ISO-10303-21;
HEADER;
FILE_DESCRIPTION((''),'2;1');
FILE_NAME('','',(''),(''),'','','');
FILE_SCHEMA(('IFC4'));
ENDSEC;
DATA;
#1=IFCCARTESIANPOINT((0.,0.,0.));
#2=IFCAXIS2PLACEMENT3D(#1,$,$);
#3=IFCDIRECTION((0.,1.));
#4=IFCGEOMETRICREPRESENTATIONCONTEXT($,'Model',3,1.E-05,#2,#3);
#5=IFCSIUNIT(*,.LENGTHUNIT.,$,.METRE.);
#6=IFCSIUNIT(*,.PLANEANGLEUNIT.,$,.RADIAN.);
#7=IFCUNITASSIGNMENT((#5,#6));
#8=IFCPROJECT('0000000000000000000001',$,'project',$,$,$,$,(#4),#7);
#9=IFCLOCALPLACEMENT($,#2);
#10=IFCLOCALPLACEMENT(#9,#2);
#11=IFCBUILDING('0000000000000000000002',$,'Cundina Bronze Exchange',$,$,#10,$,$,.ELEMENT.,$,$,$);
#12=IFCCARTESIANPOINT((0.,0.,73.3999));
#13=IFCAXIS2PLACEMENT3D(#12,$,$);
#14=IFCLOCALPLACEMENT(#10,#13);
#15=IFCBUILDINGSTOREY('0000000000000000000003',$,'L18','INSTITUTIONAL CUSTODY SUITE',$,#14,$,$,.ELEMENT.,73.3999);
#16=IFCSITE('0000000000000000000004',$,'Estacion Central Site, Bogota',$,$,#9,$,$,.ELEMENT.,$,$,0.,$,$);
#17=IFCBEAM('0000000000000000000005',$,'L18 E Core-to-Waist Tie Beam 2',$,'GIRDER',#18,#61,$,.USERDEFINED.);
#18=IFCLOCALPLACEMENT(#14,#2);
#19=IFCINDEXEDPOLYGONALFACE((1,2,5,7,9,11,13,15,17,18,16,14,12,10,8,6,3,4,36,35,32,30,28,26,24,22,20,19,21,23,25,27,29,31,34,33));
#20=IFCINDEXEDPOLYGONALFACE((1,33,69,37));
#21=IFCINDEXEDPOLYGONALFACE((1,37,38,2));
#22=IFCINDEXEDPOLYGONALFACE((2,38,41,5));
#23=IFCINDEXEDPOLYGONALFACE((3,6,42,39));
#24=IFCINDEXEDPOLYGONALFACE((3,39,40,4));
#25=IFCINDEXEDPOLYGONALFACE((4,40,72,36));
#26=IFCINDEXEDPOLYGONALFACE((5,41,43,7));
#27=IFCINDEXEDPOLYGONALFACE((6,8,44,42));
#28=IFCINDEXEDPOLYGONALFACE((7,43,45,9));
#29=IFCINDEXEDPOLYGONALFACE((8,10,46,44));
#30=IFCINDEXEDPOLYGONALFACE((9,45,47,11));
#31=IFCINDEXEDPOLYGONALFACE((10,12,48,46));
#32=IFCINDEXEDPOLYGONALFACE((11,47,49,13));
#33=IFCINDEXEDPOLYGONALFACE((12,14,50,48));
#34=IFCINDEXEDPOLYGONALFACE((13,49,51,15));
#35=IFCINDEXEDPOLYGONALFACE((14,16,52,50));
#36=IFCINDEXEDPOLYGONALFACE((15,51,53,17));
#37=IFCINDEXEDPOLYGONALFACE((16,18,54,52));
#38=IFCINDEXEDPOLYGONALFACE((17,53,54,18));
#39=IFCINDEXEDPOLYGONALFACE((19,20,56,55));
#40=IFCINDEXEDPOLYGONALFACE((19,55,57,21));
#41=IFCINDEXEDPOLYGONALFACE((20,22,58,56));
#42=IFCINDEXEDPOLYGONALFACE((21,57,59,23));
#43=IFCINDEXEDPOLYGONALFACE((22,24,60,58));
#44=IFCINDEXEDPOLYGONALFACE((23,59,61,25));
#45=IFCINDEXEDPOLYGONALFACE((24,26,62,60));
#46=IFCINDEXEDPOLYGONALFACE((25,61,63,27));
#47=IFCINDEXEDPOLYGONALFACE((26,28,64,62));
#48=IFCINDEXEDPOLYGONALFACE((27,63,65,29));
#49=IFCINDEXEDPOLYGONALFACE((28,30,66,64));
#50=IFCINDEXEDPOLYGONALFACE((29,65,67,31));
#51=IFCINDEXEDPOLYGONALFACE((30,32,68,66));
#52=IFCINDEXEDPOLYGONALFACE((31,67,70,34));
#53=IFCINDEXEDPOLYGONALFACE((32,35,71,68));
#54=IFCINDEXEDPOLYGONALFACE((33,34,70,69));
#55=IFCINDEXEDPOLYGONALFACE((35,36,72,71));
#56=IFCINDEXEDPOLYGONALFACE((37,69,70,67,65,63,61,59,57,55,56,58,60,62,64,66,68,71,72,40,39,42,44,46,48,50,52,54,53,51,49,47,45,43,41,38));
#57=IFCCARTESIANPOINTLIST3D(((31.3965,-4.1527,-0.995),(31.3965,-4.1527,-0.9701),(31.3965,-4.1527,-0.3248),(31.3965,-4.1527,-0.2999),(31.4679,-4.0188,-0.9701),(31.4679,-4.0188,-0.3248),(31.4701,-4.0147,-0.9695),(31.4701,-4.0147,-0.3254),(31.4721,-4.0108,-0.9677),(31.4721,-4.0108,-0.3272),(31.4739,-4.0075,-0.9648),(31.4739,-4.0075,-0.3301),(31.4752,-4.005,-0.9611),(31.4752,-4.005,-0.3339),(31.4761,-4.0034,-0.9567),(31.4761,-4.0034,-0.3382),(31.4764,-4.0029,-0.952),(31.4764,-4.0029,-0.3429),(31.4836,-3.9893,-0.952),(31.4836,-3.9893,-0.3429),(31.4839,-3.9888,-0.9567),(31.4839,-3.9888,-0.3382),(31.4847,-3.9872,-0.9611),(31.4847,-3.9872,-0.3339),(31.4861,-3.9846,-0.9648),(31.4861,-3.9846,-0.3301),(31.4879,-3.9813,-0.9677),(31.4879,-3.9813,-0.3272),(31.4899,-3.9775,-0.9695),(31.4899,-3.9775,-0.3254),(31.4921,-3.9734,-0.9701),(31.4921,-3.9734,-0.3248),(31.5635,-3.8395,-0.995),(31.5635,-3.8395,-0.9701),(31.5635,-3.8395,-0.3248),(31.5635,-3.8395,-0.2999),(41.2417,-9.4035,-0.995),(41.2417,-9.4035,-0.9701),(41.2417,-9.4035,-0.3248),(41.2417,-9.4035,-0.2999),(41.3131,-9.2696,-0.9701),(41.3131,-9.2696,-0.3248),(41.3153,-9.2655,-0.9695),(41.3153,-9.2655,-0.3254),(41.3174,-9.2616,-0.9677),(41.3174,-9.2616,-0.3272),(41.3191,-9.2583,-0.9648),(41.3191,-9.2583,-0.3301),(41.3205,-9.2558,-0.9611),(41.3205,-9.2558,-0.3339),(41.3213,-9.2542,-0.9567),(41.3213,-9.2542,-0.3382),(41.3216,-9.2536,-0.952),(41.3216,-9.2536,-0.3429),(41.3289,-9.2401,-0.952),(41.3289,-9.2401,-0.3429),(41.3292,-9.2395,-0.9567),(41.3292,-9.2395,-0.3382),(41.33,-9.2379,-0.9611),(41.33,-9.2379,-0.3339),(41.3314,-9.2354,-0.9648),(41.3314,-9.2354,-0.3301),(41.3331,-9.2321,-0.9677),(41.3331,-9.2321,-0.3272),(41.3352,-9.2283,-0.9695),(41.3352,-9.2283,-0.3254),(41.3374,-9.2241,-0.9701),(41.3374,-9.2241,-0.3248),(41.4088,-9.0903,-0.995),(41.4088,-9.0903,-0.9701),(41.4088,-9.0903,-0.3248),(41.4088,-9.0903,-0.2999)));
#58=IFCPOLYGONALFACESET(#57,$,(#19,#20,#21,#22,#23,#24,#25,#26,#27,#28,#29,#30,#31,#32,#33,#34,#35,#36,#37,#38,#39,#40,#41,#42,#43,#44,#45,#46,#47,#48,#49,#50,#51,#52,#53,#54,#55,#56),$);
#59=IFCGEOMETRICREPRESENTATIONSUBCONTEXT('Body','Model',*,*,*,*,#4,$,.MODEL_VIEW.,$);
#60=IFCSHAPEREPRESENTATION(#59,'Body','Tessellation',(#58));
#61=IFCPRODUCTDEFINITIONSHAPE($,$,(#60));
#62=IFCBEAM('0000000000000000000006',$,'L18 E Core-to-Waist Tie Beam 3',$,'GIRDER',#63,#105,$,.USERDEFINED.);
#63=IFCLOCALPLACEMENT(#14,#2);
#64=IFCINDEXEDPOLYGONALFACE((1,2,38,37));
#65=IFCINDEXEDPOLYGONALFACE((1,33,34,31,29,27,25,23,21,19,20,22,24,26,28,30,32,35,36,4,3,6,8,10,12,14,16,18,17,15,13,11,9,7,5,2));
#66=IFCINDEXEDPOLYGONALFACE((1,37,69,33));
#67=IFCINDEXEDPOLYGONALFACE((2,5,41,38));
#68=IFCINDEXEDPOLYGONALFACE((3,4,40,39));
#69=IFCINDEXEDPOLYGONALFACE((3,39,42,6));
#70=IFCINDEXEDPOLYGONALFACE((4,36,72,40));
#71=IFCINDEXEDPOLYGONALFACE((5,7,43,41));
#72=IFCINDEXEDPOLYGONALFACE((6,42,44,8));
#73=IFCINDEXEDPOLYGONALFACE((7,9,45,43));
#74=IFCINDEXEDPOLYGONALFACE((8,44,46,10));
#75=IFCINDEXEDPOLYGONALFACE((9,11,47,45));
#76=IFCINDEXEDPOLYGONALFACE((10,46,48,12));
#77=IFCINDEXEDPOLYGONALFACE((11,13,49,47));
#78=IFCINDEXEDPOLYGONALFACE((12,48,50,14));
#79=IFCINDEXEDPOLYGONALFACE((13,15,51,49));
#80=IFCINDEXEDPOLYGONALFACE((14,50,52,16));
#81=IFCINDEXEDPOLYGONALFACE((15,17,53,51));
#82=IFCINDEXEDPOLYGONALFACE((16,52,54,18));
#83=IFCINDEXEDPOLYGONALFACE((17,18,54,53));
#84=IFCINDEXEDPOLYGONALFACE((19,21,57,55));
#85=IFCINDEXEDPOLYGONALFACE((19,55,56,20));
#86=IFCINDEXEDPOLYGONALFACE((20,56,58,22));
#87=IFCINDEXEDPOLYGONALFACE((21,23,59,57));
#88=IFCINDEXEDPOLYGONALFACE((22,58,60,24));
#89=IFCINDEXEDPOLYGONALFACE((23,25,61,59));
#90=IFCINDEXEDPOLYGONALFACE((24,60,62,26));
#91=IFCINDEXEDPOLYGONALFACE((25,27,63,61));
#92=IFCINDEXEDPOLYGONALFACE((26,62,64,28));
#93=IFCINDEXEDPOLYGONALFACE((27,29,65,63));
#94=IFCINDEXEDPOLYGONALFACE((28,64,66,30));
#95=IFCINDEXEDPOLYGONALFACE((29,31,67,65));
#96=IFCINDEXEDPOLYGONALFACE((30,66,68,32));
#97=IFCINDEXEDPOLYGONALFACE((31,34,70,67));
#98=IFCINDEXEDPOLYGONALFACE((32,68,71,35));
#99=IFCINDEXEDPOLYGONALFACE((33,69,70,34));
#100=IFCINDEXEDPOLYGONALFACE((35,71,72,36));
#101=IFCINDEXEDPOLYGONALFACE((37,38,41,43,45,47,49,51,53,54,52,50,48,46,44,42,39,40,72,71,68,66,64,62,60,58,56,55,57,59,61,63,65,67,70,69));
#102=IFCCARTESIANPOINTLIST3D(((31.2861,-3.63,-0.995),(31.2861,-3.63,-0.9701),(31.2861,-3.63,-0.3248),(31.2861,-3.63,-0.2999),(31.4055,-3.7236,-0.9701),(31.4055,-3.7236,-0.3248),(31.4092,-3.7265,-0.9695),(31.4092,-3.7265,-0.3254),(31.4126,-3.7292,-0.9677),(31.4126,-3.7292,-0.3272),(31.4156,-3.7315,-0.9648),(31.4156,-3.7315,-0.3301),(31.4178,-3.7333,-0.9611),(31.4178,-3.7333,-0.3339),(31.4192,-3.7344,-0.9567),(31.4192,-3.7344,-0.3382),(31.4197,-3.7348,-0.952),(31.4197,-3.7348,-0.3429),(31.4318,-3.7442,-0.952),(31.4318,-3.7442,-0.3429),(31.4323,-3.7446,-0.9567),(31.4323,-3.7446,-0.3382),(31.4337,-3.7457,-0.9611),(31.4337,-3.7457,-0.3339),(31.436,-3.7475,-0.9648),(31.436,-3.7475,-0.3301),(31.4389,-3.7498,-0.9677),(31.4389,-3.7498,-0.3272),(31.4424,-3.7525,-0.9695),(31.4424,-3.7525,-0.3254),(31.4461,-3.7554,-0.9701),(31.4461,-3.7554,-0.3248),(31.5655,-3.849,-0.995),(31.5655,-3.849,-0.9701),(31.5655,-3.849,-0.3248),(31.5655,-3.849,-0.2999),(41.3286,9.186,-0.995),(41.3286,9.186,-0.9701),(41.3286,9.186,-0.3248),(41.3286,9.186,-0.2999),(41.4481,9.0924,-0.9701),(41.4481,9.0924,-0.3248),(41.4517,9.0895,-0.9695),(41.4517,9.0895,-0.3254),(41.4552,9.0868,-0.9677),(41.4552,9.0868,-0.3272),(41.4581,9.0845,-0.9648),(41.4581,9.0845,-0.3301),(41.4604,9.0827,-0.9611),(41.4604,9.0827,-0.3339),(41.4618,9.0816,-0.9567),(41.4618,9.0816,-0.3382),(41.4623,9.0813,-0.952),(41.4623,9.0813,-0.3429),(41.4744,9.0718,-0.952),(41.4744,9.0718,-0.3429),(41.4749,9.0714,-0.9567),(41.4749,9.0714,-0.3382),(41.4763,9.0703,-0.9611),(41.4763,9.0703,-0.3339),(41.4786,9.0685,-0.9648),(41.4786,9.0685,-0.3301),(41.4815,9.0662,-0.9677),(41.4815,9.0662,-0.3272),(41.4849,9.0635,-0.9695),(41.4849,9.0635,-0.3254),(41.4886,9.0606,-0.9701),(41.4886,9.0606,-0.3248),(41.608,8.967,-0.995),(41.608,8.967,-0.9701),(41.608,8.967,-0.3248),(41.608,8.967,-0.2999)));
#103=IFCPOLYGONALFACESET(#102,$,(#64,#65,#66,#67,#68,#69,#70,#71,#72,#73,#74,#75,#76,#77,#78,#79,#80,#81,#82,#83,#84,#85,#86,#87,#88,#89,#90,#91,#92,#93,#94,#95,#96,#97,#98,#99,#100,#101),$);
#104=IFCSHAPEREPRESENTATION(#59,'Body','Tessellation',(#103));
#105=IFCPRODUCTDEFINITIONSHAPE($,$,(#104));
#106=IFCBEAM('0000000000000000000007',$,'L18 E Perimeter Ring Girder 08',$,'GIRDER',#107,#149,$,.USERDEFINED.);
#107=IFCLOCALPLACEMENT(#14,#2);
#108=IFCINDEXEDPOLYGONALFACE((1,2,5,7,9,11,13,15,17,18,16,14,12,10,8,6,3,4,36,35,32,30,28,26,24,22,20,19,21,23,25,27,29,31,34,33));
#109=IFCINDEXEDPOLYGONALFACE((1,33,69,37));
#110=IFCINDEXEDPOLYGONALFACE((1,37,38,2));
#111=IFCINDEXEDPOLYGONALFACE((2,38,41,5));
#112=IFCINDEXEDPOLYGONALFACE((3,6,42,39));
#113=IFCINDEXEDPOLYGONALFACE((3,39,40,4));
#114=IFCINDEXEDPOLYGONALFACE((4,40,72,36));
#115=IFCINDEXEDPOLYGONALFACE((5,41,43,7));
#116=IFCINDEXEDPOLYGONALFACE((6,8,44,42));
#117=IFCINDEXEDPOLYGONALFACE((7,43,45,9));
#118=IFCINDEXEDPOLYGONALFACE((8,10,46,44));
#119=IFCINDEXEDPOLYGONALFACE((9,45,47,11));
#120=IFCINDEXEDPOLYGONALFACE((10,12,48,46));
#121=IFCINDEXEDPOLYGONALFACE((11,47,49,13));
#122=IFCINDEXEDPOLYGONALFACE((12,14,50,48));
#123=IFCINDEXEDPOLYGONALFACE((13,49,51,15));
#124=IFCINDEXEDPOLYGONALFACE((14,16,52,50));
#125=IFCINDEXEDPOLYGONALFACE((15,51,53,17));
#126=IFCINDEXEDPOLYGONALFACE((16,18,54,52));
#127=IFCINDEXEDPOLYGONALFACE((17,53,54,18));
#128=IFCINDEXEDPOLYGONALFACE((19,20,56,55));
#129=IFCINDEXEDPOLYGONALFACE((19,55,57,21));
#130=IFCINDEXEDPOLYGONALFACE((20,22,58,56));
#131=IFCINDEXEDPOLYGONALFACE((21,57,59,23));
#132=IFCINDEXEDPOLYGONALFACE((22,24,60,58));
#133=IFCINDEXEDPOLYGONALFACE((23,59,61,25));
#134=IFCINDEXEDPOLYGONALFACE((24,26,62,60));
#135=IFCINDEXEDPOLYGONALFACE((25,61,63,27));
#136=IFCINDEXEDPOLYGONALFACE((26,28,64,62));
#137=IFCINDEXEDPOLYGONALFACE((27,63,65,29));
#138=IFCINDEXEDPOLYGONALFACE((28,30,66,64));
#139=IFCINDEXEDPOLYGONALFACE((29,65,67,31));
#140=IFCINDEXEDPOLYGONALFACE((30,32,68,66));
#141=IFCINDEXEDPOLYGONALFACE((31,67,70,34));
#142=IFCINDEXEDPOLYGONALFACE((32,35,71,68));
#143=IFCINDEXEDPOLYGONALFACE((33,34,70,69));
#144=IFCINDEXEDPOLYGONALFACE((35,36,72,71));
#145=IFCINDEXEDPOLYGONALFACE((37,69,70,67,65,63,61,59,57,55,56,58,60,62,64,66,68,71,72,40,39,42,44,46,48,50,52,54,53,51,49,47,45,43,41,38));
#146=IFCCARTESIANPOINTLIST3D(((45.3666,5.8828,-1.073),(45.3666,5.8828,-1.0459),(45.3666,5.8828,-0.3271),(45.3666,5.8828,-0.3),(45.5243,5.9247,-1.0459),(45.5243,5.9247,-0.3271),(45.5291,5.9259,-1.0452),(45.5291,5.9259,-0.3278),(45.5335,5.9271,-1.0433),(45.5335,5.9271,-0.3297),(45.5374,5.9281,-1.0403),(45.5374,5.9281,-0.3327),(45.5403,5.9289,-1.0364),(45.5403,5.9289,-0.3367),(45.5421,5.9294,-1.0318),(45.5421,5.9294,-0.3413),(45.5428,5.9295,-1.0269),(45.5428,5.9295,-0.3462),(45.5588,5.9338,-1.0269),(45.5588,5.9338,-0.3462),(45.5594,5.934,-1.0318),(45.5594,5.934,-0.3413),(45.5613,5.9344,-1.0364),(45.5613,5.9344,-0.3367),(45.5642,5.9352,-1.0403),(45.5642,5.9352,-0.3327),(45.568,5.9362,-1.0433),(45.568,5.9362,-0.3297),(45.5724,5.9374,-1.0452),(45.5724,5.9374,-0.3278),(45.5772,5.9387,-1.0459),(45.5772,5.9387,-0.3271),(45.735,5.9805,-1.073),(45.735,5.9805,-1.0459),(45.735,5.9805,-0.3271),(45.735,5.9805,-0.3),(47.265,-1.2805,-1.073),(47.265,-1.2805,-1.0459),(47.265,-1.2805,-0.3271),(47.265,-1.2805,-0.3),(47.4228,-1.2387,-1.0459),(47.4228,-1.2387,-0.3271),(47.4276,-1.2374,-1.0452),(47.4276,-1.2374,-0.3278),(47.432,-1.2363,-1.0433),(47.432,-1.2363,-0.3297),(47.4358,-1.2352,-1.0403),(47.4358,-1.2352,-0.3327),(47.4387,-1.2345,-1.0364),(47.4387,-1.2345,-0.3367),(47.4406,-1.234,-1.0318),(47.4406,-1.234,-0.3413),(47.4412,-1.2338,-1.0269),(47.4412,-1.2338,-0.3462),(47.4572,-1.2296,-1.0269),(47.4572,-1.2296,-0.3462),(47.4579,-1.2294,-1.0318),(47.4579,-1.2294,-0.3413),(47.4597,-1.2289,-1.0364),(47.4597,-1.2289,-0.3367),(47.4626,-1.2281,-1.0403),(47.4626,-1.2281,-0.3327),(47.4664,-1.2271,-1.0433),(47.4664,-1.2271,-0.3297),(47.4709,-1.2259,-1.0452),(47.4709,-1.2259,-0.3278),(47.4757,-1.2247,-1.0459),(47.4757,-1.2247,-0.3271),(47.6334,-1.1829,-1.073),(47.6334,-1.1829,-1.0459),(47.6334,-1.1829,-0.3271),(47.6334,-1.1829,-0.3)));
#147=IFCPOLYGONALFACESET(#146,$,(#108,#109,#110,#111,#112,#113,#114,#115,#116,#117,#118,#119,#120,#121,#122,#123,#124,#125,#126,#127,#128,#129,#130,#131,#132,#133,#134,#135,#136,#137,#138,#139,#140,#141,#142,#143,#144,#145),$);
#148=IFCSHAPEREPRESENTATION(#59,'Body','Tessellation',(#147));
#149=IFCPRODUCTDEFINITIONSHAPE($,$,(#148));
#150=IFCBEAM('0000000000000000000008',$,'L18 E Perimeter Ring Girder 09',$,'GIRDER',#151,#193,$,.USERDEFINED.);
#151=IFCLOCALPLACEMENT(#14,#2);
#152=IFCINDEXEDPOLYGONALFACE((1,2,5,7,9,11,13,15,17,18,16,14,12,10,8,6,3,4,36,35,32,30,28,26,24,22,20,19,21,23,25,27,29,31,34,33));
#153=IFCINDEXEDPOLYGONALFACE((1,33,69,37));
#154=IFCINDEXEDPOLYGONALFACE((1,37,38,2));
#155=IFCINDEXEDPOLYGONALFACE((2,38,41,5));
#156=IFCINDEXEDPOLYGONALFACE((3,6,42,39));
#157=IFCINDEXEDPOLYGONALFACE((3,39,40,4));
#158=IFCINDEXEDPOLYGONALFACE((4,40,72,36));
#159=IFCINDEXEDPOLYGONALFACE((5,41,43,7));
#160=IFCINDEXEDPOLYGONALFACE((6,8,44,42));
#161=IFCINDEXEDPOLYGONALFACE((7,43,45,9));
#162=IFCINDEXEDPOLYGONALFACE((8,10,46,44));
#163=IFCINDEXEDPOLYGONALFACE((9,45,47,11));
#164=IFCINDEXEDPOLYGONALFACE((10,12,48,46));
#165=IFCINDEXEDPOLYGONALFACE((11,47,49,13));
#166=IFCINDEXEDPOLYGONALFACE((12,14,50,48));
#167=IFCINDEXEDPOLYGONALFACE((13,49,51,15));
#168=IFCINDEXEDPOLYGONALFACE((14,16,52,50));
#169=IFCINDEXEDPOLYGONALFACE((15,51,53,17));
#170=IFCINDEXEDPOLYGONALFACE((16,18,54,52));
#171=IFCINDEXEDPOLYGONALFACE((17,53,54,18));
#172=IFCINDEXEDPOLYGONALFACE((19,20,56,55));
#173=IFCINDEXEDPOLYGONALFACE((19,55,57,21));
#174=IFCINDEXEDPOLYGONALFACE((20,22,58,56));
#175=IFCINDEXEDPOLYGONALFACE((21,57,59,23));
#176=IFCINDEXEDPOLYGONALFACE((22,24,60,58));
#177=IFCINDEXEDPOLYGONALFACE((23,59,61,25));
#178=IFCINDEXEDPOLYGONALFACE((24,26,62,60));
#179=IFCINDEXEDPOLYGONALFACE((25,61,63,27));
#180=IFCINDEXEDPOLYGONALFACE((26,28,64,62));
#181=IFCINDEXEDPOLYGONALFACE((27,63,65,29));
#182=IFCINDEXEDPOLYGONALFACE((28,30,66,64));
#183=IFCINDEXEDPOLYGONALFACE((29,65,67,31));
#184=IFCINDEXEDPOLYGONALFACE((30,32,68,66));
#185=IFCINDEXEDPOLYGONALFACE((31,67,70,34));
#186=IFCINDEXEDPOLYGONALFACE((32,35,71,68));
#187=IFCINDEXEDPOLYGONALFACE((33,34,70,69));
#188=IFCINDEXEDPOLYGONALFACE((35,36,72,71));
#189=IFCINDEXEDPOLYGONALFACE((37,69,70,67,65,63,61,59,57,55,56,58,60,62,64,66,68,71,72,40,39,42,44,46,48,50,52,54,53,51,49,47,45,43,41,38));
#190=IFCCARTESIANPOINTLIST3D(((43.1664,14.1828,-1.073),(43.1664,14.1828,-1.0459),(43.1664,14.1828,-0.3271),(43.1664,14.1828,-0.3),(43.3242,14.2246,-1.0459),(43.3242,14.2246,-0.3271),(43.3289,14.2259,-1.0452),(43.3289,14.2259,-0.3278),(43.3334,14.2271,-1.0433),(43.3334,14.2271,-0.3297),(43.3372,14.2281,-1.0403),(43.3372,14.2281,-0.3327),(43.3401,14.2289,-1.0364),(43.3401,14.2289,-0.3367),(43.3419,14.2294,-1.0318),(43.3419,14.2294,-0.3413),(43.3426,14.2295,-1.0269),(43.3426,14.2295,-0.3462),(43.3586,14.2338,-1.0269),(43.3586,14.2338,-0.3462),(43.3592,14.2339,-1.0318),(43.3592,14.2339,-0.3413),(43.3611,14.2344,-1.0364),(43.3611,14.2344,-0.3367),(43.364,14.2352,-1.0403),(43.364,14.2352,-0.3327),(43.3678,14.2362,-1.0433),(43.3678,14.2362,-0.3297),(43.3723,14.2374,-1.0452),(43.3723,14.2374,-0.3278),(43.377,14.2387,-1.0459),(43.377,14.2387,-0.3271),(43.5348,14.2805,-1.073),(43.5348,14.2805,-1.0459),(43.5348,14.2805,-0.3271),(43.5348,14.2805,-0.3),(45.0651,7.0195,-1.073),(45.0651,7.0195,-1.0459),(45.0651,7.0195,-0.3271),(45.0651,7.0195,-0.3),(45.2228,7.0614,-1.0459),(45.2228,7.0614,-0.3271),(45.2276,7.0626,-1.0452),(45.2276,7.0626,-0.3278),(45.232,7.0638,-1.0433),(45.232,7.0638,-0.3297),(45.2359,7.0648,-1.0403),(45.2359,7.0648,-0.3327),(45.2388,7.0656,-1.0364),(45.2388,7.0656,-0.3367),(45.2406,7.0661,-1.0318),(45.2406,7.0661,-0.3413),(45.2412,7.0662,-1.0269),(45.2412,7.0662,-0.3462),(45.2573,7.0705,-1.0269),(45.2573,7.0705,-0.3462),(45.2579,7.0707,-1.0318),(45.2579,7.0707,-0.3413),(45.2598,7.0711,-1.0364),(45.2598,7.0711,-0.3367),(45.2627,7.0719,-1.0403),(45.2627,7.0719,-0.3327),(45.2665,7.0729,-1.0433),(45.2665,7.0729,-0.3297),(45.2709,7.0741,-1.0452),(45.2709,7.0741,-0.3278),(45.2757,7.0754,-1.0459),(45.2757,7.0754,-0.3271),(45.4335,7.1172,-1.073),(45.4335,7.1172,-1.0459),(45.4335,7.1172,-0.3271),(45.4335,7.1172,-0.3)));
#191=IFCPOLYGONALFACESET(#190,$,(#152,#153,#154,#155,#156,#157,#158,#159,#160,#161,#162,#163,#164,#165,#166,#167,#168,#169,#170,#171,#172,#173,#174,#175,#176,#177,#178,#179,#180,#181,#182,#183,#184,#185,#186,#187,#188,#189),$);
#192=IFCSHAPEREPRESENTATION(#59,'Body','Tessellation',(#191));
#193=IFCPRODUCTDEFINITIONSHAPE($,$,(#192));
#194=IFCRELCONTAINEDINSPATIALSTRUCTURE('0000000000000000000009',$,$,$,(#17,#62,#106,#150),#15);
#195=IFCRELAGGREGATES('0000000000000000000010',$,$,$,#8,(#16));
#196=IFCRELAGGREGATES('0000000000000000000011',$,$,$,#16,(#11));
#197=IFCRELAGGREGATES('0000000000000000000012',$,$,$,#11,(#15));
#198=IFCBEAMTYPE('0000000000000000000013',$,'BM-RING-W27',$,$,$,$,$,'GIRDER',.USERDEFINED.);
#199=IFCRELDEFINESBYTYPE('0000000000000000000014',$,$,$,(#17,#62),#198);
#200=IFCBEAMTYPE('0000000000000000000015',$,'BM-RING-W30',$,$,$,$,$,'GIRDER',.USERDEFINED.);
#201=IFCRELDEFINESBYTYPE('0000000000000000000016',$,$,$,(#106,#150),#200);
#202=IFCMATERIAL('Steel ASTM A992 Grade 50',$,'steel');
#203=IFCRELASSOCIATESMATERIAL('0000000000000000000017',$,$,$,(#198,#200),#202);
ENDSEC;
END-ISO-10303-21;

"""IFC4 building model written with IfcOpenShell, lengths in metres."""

from ifc_helpers import new_model, si_unit, direction, frame, origin, origin_2d, place, context, subcontext, project, spatial, i_section, extrude, material, material_profile, profile_set, type_object, element, save


model = new_model("IFC4")

# Units and contexts
model_context = context("Model", 3, precision=1e-05, world=origin(), true_north=direction((0.0, 1.0)))
body_context = subcontext(model_context, "Body", "Model", "MODEL_VIEW")
ifc_project = project(units=[si_unit("LENGTHUNIT", "METRE"), si_unit("PLANEANGLEUNIT", "RADIAN")], contexts=[model_context])

# Site, building, storey
site_placement = place(None, origin())
site = spatial("IfcSite", under=ifc_project, at=site_placement, Name="Estacion Central Site, Bogota", CompositionType="ELEMENT", RefElevation=0.0)
building_placement = place(site_placement, origin())
building = spatial("IfcBuilding", under=site, at=building_placement, Name="Cundina Bronze Exchange", CompositionType="ELEMENT")
storey_placement = place(building_placement, frame((0.0, 0.0, 73.3999)))
storey = spatial("IfcBuildingStorey", under=building, at=storey_placement, Name="L18", Description="INSTITUTIONAL CUSTODY SUITE", CompositionType="ELEMENT", Elevation=73.3999)

# Shared definitions
ifc_material_1 = material(Name="Steel ASTM A992 Grade 50", Category="steel")

# Beams
ifc_material_profile_1 = material_profile(ifc_material_1, i_section(OverallWidth=0.355, OverallDepth=0.6951, WebThickness=0.0154, FlangeThickness=0.0249, FilletRadius=0.0181, at=origin_2d()), Name="W27X146", Category="steel")
ifc_profile_set_1 = profile_set([ifc_material_profile_1], Name="Steel ASTM A992 Grade 50")
beam_type_1 = type_object("IfcBeamType", Name="BM-RING-W27", ElementType="GIRDER", PredefinedType="USERDEFINED", material=ifc_profile_set_1)
beam_1_placement = place(storey_placement, frame((31.48, -3.9961, -0.6475), z_axis=(0.882355, -0.470585, 0.0), x_axis=(0.470585, 0.882355, 0.0)))
element("IfcBeam", 1, at=beam_1_placement, inside=storey, type_object=beam_type_1, Name="L18 E Core-to-Waist Tie Beam 2", ObjectType="GIRDER", PredefinedType="USERDEFINED", context=body_context, shape_type="SweptSolid", body=[
    extrude(i_section(OverallWidth=0.355, OverallDepth=0.6951, WebThickness=0.0154, FlangeThickness=0.0249, FilletRadius=0.0181, at=origin_2d()), origin(), (0.0, 0.0, 1.0), 11.158),
])
beam_2_placement = place(storey_placement, frame((31.4258, -3.7395, -0.6475), z_axis=(0.616789, 0.787128, 0.0), x_axis=(-0.787128, 0.616789, 0.0)))
element("IfcBeam", 2, at=beam_2_placement, inside=storey, type_object=beam_type_1, Name="L18 E Core-to-Waist Tie Beam 3", ObjectType="GIRDER", PredefinedType="USERDEFINED", context=body_context, shape_type="SweptSolid", body=[
    extrude(i_section(OverallWidth=0.355, OverallDepth=0.6951, WebThickness=0.0154, FlangeThickness=0.0249, FilletRadius=0.0181, at=origin_2d()), origin(), (0.0, 0.0, 1.0), 16.282),
])
ifc_material_profile_2 = material_profile(ifc_material_1, i_section(OverallWidth=0.3811, OverallDepth=0.7729, WebThickness=0.0166, FlangeThickness=0.0271, FilletRadius=0.019, at=origin_2d()), Name="W30X173", Category="steel")
ifc_profile_set_2 = profile_set([ifc_material_profile_2], Name="Steel ASTM A992 Grade 50")
beam_type_2 = type_object("IfcBeamType", Name="BM-RING-W30", ElementType="GIRDER", PredefinedType="USERDEFINED", material=ifc_profile_set_2)
for number, where, z_axis, x_axis, name in (
    (3, (47.4492, -1.2317, -0.6865), (-0.256178, 0.96663, 0.0), (-0.96663, -0.256178, 0.0), "L18 E Perimeter Ring Girder 08"),
    (4, (45.2493, 7.0684, -0.6865), (-0.256209, 0.966622, 0.0), (-0.966622, -0.256209, 0.0), "L18 E Perimeter Ring Girder 09"),
):
    element("IfcBeam", number, at=place(storey_placement, frame(where, z_axis=z_axis, x_axis=x_axis)), inside=storey, type_object=beam_type_2, Name=name, ObjectType="GIRDER", PredefinedType="USERDEFINED", context=body_context, shape_type="SweptSolid", body=[
        extrude(i_section(OverallWidth=0.3811, OverallDepth=0.7729, WebThickness=0.0166, FlangeThickness=0.0271, FilletRadius=0.019, at=origin_2d()), origin(), (0.0, 0.0, 1.0), 7.4106),
    ])

save(model, "model.ifc")
